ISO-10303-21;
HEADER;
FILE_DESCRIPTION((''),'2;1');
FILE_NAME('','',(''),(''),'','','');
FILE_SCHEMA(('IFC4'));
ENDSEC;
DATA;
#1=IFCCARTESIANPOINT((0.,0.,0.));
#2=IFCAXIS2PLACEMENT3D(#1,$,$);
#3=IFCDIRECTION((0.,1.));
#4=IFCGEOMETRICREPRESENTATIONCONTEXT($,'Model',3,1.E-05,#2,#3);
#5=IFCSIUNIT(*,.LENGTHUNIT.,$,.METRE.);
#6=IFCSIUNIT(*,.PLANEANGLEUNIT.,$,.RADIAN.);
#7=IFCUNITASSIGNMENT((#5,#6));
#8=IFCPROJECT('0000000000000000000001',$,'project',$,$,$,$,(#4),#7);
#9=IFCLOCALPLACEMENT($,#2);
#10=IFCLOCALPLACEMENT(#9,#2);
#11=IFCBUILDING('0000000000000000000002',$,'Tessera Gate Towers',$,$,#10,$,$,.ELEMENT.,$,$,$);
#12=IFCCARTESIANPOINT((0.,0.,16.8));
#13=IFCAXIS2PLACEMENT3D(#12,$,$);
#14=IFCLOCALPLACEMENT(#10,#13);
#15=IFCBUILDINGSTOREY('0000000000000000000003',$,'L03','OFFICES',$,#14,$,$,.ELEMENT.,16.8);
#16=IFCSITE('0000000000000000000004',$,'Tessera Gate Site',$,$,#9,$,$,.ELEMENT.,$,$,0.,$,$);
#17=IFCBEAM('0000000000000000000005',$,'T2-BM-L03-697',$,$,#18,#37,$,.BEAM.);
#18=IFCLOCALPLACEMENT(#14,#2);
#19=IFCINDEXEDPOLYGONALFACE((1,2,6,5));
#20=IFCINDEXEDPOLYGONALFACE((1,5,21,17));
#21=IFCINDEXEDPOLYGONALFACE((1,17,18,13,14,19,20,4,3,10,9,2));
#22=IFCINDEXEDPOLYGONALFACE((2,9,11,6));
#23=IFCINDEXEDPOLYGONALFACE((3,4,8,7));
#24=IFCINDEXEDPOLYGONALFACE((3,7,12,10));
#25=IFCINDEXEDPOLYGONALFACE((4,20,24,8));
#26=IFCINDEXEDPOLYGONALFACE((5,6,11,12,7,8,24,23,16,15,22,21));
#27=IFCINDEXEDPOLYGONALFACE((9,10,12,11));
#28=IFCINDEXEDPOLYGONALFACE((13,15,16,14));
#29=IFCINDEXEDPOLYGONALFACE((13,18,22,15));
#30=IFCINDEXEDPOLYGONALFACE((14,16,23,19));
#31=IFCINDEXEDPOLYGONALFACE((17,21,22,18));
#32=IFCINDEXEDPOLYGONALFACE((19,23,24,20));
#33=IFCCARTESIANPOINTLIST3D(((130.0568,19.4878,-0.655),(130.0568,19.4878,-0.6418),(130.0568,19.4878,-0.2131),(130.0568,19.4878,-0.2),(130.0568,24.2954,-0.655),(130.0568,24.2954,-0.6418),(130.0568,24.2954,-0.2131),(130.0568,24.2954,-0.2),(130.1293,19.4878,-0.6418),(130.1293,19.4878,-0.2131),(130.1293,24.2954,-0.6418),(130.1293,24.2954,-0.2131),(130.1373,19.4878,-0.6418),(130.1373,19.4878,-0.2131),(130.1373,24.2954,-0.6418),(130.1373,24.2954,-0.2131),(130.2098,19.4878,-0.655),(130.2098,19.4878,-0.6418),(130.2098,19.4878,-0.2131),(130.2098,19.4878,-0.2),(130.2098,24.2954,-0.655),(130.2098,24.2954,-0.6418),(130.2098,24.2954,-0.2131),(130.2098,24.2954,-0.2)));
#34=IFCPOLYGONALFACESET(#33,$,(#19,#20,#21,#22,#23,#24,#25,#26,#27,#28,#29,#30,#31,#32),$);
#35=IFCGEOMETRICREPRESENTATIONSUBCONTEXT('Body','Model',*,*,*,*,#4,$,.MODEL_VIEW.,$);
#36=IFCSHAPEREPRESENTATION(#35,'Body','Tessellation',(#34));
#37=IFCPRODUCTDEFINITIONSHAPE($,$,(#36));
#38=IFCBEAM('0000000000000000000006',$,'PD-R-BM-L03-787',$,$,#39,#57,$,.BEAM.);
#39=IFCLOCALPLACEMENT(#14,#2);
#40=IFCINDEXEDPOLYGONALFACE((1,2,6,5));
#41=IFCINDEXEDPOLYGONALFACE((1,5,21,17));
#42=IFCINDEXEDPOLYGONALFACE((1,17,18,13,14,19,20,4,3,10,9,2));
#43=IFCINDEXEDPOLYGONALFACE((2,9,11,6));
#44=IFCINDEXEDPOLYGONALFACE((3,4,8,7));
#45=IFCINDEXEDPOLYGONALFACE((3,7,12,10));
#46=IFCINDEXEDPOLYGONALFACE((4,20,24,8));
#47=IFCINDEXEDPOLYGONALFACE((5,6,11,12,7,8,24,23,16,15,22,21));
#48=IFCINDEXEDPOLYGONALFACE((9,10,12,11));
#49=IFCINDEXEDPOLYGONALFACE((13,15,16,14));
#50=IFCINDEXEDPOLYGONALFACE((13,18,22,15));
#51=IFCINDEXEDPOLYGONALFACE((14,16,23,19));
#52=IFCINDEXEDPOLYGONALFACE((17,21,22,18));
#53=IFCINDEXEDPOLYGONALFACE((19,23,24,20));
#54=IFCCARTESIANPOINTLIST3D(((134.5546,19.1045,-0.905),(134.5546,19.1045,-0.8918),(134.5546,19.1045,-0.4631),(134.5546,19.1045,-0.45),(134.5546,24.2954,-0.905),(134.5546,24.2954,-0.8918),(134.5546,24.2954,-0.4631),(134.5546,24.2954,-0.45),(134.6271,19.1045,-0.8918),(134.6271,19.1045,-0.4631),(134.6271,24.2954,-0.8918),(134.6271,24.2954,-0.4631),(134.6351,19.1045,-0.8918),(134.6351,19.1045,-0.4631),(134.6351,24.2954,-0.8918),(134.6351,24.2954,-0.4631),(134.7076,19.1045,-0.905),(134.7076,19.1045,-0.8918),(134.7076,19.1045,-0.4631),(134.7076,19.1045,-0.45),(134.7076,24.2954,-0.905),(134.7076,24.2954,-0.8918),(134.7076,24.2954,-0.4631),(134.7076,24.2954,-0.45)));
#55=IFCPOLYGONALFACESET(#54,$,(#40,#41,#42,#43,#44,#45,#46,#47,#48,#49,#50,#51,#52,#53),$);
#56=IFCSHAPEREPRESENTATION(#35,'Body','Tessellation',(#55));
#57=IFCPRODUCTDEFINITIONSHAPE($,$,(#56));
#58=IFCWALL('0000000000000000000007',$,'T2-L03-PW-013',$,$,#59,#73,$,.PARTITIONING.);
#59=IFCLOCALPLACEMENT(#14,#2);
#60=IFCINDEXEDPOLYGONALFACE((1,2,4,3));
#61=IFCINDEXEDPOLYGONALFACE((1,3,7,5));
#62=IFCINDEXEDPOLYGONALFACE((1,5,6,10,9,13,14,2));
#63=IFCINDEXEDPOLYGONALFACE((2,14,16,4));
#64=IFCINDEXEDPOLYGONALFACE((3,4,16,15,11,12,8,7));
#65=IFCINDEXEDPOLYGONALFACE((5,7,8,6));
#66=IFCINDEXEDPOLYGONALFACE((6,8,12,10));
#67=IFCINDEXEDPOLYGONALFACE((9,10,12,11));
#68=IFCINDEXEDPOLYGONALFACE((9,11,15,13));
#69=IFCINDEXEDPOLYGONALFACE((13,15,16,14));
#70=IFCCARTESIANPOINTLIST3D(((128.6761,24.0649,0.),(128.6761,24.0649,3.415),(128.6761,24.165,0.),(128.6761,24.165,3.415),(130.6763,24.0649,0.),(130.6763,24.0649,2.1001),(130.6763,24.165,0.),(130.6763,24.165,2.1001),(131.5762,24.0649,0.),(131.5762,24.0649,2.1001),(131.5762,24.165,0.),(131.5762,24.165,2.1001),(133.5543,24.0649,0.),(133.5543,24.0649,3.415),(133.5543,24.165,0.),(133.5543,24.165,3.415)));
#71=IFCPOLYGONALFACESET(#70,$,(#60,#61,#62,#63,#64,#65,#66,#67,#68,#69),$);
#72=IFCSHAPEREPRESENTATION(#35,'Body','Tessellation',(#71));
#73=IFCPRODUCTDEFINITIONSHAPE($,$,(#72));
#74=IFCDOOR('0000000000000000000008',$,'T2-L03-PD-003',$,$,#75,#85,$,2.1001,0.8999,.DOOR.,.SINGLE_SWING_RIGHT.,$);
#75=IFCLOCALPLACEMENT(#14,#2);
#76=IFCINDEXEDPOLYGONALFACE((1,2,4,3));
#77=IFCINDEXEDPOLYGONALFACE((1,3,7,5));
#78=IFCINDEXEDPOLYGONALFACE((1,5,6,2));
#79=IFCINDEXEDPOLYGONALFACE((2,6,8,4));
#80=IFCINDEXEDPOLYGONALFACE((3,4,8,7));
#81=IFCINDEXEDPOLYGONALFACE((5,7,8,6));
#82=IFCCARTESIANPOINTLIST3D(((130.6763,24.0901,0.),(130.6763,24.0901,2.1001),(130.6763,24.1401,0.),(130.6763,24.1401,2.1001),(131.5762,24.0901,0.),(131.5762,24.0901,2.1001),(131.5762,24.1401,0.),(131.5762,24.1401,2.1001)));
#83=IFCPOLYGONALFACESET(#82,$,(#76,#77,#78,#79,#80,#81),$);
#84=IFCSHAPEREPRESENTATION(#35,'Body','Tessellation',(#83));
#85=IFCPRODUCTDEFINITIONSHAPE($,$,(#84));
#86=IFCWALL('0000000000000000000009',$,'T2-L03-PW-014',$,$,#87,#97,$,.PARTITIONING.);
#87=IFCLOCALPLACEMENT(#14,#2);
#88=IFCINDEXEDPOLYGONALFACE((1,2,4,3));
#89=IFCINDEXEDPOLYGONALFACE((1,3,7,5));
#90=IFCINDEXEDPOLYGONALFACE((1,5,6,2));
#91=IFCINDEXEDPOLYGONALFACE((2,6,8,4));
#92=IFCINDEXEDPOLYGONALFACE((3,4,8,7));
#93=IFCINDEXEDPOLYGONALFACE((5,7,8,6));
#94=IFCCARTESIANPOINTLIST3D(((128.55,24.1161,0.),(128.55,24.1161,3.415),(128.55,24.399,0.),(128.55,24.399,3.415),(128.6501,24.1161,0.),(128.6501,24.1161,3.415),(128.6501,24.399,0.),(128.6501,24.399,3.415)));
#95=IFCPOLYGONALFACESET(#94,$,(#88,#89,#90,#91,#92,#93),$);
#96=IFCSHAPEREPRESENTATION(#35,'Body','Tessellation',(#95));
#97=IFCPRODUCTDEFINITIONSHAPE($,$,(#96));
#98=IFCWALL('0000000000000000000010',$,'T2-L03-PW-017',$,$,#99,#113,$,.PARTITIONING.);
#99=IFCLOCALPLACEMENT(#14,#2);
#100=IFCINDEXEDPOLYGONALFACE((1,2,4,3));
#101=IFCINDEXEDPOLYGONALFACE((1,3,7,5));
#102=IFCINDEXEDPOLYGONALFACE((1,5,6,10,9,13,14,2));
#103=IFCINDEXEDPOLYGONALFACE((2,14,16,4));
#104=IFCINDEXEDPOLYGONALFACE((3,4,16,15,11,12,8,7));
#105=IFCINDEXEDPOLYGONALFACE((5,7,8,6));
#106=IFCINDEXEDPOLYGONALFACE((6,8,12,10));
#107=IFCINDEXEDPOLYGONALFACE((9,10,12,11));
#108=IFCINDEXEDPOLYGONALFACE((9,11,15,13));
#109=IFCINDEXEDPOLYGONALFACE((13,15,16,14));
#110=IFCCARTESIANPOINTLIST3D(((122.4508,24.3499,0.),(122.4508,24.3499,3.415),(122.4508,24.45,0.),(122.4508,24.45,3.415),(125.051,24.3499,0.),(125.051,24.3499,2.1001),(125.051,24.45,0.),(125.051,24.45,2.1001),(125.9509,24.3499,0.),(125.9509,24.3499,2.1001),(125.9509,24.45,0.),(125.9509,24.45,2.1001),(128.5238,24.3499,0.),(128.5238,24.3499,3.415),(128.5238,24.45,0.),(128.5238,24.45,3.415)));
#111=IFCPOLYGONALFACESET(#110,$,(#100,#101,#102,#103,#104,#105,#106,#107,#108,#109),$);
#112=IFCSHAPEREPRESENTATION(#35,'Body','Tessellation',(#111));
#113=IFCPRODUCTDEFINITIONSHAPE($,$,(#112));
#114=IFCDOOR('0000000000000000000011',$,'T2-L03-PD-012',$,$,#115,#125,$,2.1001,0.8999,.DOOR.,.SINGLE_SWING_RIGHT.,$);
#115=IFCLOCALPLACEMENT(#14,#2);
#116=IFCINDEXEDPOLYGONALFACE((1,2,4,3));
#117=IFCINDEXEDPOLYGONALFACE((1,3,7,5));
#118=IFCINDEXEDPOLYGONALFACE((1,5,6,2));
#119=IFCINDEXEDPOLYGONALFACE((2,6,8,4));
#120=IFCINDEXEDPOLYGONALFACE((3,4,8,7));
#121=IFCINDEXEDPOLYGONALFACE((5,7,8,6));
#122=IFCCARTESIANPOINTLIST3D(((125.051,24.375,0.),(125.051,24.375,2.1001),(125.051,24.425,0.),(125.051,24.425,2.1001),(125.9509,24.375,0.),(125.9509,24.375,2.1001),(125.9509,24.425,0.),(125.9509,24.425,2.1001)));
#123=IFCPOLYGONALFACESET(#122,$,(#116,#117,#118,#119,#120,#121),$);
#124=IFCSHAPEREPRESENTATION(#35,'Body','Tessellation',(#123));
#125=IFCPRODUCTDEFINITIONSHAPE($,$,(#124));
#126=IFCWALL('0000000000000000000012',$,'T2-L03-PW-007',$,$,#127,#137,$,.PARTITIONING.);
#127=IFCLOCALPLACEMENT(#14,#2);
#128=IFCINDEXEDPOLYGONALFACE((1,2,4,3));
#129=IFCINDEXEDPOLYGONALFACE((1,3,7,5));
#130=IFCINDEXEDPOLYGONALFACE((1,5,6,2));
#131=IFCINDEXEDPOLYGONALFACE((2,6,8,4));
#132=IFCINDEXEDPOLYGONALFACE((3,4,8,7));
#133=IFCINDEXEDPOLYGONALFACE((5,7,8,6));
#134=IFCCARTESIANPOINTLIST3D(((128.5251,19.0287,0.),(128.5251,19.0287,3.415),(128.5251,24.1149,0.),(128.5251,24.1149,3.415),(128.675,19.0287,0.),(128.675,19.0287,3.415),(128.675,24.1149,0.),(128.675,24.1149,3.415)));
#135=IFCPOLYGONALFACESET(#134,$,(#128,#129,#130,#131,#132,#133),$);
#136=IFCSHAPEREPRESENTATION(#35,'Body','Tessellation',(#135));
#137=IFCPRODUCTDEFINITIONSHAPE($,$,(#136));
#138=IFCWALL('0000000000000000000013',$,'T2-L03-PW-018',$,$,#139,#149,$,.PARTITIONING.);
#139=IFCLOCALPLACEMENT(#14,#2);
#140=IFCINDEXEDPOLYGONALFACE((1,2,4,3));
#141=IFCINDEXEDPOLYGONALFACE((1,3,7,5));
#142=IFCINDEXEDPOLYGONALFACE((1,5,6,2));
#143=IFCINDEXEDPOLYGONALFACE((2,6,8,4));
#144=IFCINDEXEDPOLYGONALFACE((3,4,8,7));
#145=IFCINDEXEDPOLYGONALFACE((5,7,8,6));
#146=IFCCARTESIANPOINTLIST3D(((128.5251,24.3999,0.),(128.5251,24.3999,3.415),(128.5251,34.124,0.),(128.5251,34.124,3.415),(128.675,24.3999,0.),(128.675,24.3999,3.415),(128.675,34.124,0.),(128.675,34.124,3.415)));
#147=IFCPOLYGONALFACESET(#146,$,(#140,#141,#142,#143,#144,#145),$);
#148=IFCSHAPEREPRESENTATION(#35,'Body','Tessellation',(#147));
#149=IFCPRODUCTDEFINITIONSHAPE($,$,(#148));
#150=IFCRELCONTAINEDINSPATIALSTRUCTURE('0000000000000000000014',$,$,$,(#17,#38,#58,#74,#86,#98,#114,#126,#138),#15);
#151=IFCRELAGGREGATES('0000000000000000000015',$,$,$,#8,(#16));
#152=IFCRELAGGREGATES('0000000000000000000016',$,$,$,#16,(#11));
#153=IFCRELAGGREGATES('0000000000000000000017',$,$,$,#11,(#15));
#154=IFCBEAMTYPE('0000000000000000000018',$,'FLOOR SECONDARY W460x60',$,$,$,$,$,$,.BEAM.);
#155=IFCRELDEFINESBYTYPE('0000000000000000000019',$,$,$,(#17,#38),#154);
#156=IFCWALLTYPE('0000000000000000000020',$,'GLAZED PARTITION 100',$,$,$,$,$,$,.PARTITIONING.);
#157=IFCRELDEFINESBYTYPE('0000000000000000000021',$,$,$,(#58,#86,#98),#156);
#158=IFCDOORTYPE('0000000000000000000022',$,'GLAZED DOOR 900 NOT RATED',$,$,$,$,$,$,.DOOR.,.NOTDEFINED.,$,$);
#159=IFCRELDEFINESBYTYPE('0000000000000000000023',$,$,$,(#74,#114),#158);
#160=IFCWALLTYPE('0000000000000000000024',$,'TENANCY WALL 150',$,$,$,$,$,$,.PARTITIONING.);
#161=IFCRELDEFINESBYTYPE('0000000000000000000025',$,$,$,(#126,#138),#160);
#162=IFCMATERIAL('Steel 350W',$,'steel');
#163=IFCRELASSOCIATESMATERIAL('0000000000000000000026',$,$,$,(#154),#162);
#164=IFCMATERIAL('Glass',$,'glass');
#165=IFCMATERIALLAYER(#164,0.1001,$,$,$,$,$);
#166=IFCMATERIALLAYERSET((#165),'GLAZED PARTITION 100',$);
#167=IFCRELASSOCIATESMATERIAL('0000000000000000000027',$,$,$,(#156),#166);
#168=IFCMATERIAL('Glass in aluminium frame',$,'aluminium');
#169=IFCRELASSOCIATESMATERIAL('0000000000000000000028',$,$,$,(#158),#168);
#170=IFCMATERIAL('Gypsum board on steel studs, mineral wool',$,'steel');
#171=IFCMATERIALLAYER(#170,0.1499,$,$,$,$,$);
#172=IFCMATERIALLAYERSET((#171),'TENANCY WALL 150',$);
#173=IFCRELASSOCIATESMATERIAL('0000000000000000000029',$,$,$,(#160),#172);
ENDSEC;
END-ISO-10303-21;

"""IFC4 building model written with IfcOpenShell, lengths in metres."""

from ifc_helpers import new_model, si_unit, direction, frame, frame_2d, origin, origin_2d, place, context, subcontext, project, spatial, rectangle, i_section, extrude, source, transform, mapped, material, layer, layer_set, material_profile, profile_set, type_object, element, fill, save


model = new_model("IFC4")

# Units and contexts
model_context = context("Model", 3, precision=1e-05, world=origin(), true_north=direction((0.0, 1.0)))
body_context = subcontext(model_context, "Body", "Model", "MODEL_VIEW")
ifc_project = project(units=[si_unit("LENGTHUNIT", "METRE"), si_unit("PLANEANGLEUNIT", "RADIAN")], contexts=[model_context])

# Site, building, storey
site_placement = place(None, origin())
site = spatial("IfcSite", under=ifc_project, at=site_placement, Name="Tessera Gate Site", CompositionType="ELEMENT", RefElevation=0.0)
building_placement = place(site_placement, origin())
building = spatial("IfcBuilding", under=site, at=building_placement, Name="Tessera Gate Towers", CompositionType="ELEMENT")
storey_placement = place(building_placement, frame((0.0, 0.0, 16.8)))
storey = spatial("IfcBuildingStorey", under=building, at=storey_placement, Name="L03", Description="OFFICES", CompositionType="ELEMENT", Elevation=16.8)

# Beams
ifc_material_1 = material(Name="Steel 350W", Category="steel")
ifc_material_profile_1 = material_profile(ifc_material_1, i_section(OverallWidth=0.1531, OverallDepth=0.4551, WebThickness=0.0081, FlangeThickness=0.0132, at=origin_2d()), Name="W460x60")
ifc_profile_set_1 = profile_set([ifc_material_profile_1], Name="Steel 350W")
beam_type_1 = type_object("IfcBeamType", Name="FLOOR SECONDARY W460x60", PredefinedType="BEAM", material=ifc_profile_set_1)
beam_1_placement = place(storey_placement, frame((130.1333, 19.4878, -0.4275), z_axis=(0.0, 1.0, 0.0), x_axis=(-1.0, 0.0, 0.0)))
element("IfcBeam", 1, at=beam_1_placement, inside=storey, type_object=beam_type_1, Name="T2-BM-L03-697", PredefinedType="BEAM", context=body_context, shape_type="SweptSolid", body=[
    extrude(i_section(OverallWidth=0.1531, OverallDepth=0.4551, WebThickness=0.0081, FlangeThickness=0.0132, at=origin_2d()), origin(), (0.0, 0.0, 1.0), 4.8076),
])
beam_2_placement = place(storey_placement, frame((134.6311, 19.1045, -0.6775), z_axis=(0.0, 1.0, 0.0), x_axis=(-1.0, 0.0, 0.0)))
element("IfcBeam", 2, at=beam_2_placement, inside=storey, type_object=beam_type_1, Name="PD-R-BM-L03-787", PredefinedType="BEAM", context=body_context, shape_type="SweptSolid", body=[
    extrude(i_section(OverallWidth=0.1531, OverallDepth=0.4551, WebThickness=0.0081, FlangeThickness=0.0132, at=origin_2d()), origin(), (0.0, 0.0, 1.0), 5.1909),
])

# Wall, opening, door
ifc_material_2 = material(Name="Glass", Category="glass")
ifc_layer_1 = layer(ifc_material_2, 0.1001)
ifc_layer_set_1 = layer_set([ifc_layer_1], Name="GLAZED PARTITION 100")
wall_type_1 = type_object("IfcWallType", Name="GLAZED PARTITION 100", PredefinedType="PARTITIONING", material=ifc_layer_set_1)
wall_1_placement = place(storey_placement, frame((133.5542, 24.115, 0.0), z_axis=(0.0, 0.0, 1.0), x_axis=(-1.0, 0.0, 0.0)))
wall_1 = element("IfcWall", 3, at=wall_1_placement, inside=storey, type_object=wall_type_1, Name="T2-L03-PW-013", PredefinedType="PARTITIONING", context=body_context, shape_type="SweptSolid", body=[
    extrude(rectangle(XDim=4.8782, YDim=0.1001, at=frame_2d((2.439, 0.0))), origin(), (0.0, 0.0, 1.0), 3.415),
])
shared_shape_1 = source(origin(), body_context, "Body", "SweptSolid", [
    extrude(rectangle(XDim=0.8999, YDim=2.1001, at=frame_2d((0.45, 1.05))), frame((0.0, 0.0601, 0.0), z_axis=(0.0, -1.0, 0.0), x_axis=(1.0, 0.0, 0.0)), (0.0, 0.0, 1.0), 0.1201),
])
opening_1_placement = place(wall_1_placement, frame((1.978, 0.0, 0.0)))
opening_1 = element("IfcOpeningElement", 4, at=opening_1_placement, cuts=wall_1, PredefinedType="OPENING", context=body_context, shape_type="MappedRepresentation", body=[
    mapped(shared_shape_1, transform((0.0, 0.0, 0.0), scale=1.0)),
])
ifc_material_3 = material(Name="Glass in aluminium frame", Category="aluminium")
door_type = type_object("IfcDoorType", Name="GLAZED DOOR 900 NOT RATED", OperationType="NOTDEFINED", PredefinedType="DOOR", material=ifc_material_3)
shared_shape_2 = source(origin(), body_context, "Body", "SweptSolid", [
    extrude(rectangle(XDim=0.8999, YDim=2.1001, at=frame_2d((0.45, 1.05))), frame((0.0, 0.0249, 0.0), z_axis=(0.0, -1.0, 0.0), x_axis=(1.0, 0.0, 0.0)), (0.0, 0.0, 1.0), 0.05),
])
door_1_placement = place(opening_1_placement, origin())
door_1 = element("IfcDoor", 5, at=door_1_placement, inside=storey, type_object=door_type, Name="T2-L03-PD-003", OperationType="SINGLE_SWING_RIGHT", OverallHeight=2.1001, OverallWidth=0.8999, PredefinedType="DOOR", context=body_context, shape_type="MappedRepresentation", body=[
    mapped(shared_shape_2, transform((0.0, 0.0, 0.0), scale=1.0)),
])
fill(opening_1, door_1)

# Wall
wall_2_placement = place(storey_placement, frame((128.6001, 24.116, 0.0), z_axis=(0.0, 0.0, 1.0), x_axis=(0.0, 1.0, 0.0)))
element("IfcWall", 6, at=wall_2_placement, inside=storey, type_object=wall_type_1, Name="T2-L03-PW-014", PredefinedType="PARTITIONING", context=body_context, shape_type="SweptSolid", body=[
    extrude(rectangle(XDim=0.283, YDim=0.1001, at=frame_2d((0.1416, 0.0))), origin(), (0.0, 0.0, 1.0), 3.415),
])

# Wall, opening, door
wall_3_placement = place(storey_placement, frame((128.5239, 24.3999, 0.0), z_axis=(0.0, 0.0, 1.0), x_axis=(-1.0, 0.0, 0.0)))
wall_3 = element("IfcWall", 7, at=wall_3_placement, inside=storey, type_object=wall_type_1, Name="T2-L03-PW-017", PredefinedType="PARTITIONING", context=body_context, shape_type="SweptSolid", body=[
    extrude(rectangle(XDim=6.073, YDim=0.1001, at=frame_2d((3.0366, 0.0))), origin(), (0.0, 0.0, 1.0), 3.415),
])
opening_2_placement = place(wall_3_placement, frame((2.573, 0.0, 0.0)))
opening_2 = element("IfcOpeningElement", 8, at=opening_2_placement, cuts=wall_3, PredefinedType="OPENING", context=body_context, shape_type="MappedRepresentation", body=[
    mapped(shared_shape_1, transform((0.0, 0.0, 0.0), scale=1.0)),
])
door_2_placement = place(opening_2_placement, origin())
door_2 = element("IfcDoor", 9, at=door_2_placement, inside=storey, type_object=door_type, Name="T2-L03-PD-012", OperationType="SINGLE_SWING_RIGHT", OverallHeight=2.1001, OverallWidth=0.8999, PredefinedType="DOOR", context=body_context, shape_type="MappedRepresentation", body=[
    mapped(shared_shape_2, transform((0.0, 0.0, 0.0), scale=1.0)),
])
fill(opening_2, door_2)

# Walls
ifc_material_4 = material(Name="Gypsum board on steel studs, mineral wool", Category="steel")
ifc_layer_2 = layer(ifc_material_4, 0.1499)
ifc_layer_set_2 = layer_set([ifc_layer_2], Name="TENANCY WALL 150")
wall_type_2 = type_object("IfcWallType", Name="TENANCY WALL 150", PredefinedType="PARTITIONING", material=ifc_layer_set_2)
wall_4_placement = place(storey_placement, frame((128.6001, 19.0288, 0.0), z_axis=(0.0, 0.0, 1.0), x_axis=(0.0, 1.0, 0.0)))
element("IfcWall", 10, at=wall_4_placement, inside=storey, type_object=wall_type_2, Name="T2-L03-PW-007", PredefinedType="PARTITIONING", context=body_context, shape_type="SweptSolid", body=[
    extrude(rectangle(XDim=5.0862, YDim=0.1499, at=frame_2d((2.543, 0.0))), origin(), (0.0, 0.0, 1.0), 3.415),
])
wall_5_placement = place(storey_placement, frame((128.6001, 24.3999, 0.0), z_axis=(0.0, 0.0, 1.0), x_axis=(0.0, 1.0, 0.0)))
element("IfcWall", 11, at=wall_5_placement, inside=storey, type_object=wall_type_2, Name="T2-L03-PW-018", PredefinedType="PARTITIONING", context=body_context, shape_type="SweptSolid", body=[
    extrude(rectangle(XDim=9.7241, YDim=0.1499, at=frame_2d((4.8621, 0.0))), origin(), (0.0, 0.0, 1.0), 3.415),
])

save(model, "model.ifc")
